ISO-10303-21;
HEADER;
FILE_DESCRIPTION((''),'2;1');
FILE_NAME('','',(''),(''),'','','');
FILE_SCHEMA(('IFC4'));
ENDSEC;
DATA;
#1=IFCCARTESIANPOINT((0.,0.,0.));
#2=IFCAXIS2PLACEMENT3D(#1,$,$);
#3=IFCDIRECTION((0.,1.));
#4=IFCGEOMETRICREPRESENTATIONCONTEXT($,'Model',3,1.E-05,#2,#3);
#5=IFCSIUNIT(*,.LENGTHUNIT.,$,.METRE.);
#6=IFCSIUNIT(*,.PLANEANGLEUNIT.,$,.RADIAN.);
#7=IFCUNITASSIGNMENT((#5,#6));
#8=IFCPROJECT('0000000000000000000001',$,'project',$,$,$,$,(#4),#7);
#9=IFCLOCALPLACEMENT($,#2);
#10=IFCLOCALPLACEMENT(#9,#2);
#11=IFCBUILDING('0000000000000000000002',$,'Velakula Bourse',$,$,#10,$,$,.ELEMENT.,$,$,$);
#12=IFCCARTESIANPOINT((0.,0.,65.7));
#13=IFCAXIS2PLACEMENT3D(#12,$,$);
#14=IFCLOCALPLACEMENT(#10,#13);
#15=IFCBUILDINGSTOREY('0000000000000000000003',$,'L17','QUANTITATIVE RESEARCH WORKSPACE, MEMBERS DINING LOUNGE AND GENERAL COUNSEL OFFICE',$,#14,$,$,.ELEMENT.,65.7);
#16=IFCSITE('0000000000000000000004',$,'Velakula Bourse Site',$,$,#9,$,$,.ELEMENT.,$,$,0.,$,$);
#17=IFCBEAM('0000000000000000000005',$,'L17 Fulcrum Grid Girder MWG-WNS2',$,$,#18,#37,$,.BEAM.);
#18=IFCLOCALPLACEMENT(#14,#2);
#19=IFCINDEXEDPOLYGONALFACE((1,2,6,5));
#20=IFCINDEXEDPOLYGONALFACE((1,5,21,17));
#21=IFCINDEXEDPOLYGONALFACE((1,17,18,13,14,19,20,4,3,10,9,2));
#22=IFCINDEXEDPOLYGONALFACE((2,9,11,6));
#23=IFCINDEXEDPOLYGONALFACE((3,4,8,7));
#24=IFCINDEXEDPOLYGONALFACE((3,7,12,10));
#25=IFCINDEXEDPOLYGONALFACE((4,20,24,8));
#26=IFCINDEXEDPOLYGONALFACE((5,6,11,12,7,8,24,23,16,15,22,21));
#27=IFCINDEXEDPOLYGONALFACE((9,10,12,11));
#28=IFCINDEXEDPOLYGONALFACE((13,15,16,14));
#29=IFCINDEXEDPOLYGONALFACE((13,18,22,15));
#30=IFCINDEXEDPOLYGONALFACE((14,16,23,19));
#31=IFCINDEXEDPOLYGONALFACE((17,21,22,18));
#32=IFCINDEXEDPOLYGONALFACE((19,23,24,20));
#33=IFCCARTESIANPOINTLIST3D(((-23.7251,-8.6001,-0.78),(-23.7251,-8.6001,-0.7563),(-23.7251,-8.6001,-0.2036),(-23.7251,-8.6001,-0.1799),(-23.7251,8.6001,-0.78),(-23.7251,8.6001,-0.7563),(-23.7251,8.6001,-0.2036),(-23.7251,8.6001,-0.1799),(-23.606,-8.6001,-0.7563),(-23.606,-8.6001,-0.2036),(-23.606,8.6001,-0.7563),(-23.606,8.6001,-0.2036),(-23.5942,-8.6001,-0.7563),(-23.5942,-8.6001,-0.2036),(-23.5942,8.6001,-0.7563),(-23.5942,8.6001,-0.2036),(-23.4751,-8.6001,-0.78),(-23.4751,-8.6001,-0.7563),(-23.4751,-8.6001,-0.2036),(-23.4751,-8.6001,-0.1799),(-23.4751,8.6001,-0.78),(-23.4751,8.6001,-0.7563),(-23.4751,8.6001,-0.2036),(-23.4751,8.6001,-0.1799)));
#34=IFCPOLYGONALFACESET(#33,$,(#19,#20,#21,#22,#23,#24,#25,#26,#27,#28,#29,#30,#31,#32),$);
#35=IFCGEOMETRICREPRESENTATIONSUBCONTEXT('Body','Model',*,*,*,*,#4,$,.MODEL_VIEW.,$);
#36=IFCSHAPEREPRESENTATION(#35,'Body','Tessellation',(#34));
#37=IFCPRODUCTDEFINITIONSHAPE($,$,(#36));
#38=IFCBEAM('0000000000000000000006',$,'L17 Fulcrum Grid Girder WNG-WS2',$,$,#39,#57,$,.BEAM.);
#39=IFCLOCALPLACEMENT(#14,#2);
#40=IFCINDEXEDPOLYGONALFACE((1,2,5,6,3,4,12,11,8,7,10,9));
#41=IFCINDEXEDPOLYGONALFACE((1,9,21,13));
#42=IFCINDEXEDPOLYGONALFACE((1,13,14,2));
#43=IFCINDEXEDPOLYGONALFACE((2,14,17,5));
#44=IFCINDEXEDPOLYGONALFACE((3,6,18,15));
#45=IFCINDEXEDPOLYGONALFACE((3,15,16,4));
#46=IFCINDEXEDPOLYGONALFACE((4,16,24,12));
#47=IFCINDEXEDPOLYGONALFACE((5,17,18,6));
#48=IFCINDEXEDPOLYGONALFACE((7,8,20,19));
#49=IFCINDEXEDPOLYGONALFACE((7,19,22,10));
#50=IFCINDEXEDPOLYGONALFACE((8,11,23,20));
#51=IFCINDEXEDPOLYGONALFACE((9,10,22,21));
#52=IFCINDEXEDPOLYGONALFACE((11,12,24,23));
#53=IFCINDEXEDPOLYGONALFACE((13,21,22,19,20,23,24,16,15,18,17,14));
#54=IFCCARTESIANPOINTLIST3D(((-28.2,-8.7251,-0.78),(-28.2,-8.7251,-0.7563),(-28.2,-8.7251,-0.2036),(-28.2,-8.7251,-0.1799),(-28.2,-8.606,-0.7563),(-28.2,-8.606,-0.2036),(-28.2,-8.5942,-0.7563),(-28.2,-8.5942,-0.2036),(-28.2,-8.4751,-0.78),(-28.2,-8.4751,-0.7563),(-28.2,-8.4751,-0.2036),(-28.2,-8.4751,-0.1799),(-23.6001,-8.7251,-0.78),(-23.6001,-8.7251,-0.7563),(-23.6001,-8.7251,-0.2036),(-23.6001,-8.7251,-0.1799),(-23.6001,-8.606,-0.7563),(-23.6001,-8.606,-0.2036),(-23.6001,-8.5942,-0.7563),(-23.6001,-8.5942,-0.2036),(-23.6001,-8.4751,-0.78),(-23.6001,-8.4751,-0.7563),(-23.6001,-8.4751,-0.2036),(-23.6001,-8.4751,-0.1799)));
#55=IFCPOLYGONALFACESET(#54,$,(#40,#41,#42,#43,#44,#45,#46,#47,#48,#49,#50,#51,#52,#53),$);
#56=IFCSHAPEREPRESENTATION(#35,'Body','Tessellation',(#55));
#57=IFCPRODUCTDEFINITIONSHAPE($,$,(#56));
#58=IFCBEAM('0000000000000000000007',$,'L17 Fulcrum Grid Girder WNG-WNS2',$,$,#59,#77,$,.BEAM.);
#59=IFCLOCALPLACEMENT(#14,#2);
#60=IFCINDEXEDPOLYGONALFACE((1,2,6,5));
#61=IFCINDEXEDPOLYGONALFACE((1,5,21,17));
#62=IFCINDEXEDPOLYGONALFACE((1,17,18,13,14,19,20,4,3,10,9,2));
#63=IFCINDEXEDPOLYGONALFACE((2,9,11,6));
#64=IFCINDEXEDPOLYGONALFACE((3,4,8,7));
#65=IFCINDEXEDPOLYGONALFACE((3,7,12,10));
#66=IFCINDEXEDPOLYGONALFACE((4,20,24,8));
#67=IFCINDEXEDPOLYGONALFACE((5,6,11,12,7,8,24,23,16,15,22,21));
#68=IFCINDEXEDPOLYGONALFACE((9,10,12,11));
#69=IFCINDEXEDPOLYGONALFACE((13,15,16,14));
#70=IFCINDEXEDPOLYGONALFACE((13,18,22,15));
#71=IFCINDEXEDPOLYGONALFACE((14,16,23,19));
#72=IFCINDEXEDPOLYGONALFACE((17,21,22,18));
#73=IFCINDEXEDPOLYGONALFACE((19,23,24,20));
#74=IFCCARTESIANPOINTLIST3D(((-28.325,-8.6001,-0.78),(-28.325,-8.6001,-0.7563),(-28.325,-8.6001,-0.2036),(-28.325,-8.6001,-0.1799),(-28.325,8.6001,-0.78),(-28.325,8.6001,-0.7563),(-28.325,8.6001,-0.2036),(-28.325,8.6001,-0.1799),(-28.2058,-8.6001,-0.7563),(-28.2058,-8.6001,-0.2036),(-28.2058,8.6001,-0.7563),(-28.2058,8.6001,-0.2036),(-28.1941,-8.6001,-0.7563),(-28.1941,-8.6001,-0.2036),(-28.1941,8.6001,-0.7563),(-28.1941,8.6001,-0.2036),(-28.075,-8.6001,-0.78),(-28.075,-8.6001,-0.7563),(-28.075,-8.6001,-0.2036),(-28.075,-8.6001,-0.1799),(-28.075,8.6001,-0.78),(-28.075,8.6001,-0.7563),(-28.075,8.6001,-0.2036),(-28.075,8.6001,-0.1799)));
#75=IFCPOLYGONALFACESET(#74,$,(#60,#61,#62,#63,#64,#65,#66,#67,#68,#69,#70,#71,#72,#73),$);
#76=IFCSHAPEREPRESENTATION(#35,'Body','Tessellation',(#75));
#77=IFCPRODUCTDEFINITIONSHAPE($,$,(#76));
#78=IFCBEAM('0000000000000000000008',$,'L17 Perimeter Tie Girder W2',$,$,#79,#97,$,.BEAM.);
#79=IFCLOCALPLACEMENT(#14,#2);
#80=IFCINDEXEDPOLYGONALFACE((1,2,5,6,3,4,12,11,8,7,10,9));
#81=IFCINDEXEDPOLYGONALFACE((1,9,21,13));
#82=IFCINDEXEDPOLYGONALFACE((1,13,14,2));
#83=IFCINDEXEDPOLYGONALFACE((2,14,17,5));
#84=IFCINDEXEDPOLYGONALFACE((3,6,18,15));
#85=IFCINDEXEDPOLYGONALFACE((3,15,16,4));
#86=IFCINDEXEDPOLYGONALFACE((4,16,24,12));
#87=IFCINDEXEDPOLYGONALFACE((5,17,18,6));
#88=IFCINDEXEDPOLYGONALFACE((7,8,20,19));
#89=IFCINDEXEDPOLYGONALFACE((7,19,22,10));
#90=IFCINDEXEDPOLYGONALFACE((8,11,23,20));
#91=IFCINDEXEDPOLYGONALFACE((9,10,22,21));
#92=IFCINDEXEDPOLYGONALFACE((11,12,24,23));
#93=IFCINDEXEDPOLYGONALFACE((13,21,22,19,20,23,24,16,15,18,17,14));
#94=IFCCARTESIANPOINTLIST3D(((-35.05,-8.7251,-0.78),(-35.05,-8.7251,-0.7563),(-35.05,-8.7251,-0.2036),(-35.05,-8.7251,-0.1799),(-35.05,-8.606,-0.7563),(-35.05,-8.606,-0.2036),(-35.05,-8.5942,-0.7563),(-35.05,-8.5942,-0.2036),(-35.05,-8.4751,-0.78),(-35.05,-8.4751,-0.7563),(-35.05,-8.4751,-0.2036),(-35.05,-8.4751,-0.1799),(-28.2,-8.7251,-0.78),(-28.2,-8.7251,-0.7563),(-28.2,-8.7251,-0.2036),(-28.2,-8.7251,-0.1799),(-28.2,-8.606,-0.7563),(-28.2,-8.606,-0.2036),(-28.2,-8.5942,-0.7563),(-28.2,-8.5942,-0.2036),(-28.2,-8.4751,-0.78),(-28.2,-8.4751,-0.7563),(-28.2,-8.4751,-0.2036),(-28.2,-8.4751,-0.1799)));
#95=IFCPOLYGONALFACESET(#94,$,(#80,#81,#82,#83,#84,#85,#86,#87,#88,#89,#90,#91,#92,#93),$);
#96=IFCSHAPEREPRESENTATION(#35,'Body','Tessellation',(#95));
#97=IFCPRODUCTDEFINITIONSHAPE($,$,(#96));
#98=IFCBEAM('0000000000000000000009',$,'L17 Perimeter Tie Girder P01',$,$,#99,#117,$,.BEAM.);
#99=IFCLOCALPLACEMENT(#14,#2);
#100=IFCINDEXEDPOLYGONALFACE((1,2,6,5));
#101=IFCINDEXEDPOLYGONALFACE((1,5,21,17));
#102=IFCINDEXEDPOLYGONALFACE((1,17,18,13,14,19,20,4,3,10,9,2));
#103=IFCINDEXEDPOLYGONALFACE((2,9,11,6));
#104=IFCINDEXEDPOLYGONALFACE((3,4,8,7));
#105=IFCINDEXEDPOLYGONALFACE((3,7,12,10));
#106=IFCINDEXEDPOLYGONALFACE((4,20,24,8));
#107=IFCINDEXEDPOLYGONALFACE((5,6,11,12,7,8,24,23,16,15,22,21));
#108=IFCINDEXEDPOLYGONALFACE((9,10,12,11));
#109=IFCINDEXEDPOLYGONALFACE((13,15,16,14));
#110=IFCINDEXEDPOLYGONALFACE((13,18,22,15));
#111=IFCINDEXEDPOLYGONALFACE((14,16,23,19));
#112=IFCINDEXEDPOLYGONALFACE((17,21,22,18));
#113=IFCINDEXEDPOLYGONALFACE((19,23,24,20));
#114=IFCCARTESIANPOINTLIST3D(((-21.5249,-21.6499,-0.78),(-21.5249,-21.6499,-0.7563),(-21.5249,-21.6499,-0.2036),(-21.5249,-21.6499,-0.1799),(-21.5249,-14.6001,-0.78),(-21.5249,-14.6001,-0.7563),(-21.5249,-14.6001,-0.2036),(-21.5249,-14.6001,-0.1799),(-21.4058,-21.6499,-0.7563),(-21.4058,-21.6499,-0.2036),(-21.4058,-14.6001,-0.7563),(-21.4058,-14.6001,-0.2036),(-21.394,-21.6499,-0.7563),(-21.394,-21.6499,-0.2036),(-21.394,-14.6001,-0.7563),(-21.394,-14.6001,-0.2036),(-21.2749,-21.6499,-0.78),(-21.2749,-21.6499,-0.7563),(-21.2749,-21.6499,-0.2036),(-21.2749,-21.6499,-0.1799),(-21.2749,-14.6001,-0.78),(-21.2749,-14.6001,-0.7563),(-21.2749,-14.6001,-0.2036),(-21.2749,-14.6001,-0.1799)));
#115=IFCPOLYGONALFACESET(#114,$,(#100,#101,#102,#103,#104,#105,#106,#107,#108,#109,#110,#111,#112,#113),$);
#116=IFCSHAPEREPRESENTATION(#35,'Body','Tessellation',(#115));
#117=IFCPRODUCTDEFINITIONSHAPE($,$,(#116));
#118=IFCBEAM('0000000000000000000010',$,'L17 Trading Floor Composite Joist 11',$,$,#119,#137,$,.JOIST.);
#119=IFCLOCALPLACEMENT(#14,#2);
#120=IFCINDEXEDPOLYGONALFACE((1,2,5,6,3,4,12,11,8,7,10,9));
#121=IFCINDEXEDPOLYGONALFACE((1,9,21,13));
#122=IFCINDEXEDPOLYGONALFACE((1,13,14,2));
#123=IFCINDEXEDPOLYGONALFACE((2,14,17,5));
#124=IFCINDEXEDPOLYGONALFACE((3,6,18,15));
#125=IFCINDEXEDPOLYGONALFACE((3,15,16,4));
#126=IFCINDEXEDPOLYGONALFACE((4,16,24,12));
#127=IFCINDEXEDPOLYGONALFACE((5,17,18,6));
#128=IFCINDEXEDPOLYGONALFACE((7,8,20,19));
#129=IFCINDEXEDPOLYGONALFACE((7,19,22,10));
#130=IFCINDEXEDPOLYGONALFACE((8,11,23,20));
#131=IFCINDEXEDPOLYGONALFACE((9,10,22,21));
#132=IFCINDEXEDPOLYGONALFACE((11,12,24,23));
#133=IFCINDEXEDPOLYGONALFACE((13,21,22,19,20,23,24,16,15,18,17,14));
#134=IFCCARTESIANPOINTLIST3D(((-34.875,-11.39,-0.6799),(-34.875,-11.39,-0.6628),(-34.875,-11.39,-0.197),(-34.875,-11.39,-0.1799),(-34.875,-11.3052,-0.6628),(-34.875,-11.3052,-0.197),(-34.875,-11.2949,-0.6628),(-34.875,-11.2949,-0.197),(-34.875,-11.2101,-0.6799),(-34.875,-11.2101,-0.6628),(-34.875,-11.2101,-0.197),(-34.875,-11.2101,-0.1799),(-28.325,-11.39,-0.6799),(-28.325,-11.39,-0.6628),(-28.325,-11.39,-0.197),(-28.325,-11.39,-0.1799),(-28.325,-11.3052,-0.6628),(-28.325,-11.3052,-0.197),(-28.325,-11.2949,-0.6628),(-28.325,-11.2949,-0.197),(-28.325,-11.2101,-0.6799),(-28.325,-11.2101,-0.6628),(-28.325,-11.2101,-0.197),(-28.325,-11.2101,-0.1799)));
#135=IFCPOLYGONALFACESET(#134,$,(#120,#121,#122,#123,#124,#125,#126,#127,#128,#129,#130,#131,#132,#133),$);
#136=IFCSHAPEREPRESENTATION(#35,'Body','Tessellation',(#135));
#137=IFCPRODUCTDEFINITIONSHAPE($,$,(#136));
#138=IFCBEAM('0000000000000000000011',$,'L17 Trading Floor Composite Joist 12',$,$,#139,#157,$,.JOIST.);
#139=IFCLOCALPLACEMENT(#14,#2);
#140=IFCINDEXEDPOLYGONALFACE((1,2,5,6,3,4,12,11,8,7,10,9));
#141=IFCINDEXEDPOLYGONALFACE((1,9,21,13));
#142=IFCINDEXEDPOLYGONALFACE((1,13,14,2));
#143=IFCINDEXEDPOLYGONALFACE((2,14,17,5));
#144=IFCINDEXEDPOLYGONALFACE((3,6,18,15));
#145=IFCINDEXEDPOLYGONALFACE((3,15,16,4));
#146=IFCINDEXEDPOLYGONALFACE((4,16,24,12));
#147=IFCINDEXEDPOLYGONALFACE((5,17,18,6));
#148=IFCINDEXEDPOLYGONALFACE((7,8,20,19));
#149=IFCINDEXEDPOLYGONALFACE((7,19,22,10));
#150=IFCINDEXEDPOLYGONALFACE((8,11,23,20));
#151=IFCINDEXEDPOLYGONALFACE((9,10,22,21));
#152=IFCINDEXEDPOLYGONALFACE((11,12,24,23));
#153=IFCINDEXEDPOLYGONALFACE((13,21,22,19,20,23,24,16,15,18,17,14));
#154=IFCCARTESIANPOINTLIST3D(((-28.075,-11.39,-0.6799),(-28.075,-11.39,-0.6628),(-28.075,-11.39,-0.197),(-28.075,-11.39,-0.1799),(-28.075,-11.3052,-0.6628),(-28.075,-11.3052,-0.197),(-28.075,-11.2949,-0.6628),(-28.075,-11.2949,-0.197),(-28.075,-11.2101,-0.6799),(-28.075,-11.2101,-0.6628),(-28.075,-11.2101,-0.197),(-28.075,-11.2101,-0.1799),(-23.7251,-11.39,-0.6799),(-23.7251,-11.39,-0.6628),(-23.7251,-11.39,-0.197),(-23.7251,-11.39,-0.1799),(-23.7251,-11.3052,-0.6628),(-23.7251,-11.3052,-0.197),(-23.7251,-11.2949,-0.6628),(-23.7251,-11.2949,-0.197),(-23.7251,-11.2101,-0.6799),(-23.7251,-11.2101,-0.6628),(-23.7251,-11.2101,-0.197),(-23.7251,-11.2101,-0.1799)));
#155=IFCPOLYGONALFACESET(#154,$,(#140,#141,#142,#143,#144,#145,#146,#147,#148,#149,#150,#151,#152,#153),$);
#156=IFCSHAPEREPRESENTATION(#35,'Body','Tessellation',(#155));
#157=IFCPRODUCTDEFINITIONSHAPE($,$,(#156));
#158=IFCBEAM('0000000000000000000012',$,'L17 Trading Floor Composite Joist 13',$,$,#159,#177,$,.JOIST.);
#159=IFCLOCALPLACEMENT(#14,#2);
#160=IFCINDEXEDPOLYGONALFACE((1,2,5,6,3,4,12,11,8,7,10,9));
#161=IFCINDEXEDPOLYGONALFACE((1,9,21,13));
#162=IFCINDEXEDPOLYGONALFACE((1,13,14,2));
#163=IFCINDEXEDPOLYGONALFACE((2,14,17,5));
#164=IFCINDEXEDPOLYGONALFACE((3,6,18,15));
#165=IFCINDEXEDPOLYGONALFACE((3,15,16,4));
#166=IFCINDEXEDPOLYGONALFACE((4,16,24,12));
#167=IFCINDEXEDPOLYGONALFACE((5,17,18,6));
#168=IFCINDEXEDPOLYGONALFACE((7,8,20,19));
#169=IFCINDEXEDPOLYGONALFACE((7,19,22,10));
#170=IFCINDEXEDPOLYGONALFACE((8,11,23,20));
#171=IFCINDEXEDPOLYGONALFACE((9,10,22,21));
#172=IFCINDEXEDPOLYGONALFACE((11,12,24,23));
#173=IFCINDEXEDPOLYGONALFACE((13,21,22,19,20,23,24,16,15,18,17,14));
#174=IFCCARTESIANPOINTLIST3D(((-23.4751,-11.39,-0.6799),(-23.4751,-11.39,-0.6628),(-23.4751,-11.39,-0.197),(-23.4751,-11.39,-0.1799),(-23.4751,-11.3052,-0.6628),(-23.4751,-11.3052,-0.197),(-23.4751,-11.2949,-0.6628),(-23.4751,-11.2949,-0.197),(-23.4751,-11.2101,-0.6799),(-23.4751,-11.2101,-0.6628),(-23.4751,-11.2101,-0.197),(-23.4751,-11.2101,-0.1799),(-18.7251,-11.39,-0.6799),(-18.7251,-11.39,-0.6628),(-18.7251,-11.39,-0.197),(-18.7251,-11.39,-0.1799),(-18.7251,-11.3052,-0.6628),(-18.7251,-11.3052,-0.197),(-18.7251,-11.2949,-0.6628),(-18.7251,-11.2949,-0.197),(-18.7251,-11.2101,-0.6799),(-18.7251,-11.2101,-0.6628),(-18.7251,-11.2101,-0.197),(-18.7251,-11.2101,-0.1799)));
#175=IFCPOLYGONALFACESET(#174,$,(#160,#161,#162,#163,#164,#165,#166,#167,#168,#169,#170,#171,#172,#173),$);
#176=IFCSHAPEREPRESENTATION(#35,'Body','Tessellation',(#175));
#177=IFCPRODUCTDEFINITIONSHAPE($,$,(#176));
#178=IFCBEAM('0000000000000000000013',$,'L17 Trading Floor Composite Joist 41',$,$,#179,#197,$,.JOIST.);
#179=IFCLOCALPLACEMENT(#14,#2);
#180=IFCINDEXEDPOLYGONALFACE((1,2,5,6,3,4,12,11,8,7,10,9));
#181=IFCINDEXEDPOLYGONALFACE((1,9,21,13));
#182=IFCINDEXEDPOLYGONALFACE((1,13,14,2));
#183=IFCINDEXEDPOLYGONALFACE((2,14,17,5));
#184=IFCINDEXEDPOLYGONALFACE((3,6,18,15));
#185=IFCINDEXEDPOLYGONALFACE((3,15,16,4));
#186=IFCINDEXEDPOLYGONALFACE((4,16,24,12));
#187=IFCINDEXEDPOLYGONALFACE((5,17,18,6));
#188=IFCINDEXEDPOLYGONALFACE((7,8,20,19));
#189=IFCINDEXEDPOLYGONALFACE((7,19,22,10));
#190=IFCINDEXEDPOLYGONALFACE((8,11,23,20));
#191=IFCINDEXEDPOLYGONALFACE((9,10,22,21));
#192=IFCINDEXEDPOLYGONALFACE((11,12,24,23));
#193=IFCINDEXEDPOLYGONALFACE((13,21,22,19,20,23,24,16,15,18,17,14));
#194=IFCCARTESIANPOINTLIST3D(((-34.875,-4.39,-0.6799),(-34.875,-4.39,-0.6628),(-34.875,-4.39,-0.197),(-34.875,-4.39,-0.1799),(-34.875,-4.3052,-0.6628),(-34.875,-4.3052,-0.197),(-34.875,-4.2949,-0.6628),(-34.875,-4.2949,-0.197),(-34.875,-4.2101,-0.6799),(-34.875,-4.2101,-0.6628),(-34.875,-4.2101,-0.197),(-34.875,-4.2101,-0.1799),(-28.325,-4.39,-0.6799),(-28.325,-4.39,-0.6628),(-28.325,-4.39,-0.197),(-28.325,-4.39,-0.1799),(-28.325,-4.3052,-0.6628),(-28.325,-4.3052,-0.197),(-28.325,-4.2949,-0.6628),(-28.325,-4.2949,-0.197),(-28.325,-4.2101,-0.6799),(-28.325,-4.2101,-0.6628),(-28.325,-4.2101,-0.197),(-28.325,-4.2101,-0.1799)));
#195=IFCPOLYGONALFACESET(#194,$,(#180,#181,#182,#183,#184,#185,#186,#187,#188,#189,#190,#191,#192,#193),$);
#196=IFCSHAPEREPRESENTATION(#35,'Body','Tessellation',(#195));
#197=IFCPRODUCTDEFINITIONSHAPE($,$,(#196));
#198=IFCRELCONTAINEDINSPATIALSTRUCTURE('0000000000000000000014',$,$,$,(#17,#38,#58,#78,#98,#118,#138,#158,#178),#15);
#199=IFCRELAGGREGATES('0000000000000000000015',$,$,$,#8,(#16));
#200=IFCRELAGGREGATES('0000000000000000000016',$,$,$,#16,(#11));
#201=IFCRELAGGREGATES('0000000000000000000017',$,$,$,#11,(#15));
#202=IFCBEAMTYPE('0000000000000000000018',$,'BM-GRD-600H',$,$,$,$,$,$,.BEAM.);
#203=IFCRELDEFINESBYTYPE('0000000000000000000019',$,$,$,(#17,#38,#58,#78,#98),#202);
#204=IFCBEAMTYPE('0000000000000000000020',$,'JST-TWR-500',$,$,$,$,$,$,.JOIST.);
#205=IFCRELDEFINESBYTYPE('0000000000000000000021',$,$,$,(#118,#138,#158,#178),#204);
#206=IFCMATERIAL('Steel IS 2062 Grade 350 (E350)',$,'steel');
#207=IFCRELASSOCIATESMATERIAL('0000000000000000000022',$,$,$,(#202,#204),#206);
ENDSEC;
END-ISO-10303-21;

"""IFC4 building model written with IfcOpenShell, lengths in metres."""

from ifc_helpers import new_model, si_unit, direction, frame, origin, origin_2d, place, context, subcontext, project, spatial, i_section, extrude, material, material_profile, profile_set, type_object, element, save


model = new_model("IFC4")

# Units and contexts
model_context = context("Model", 3, precision=1e-05, world=origin(), true_north=direction((0.0, 1.0)))
body_context = subcontext(model_context, "Body", "Model", "MODEL_VIEW")
ifc_project = project(units=[si_unit("LENGTHUNIT", "METRE"), si_unit("PLANEANGLEUNIT", "RADIAN")], contexts=[model_context])

# Site, building, storey
site_placement = place(None, origin())
site = spatial("IfcSite", under=ifc_project, at=site_placement, Name="Velakula Bourse Site", CompositionType="ELEMENT", RefElevation=0.0)
building_placement = place(site_placement, origin())
building = spatial("IfcBuilding", under=site, at=building_placement, Name="Velakula Bourse", CompositionType="ELEMENT")
storey_placement = place(building_placement, frame((0.0, 0.0, 65.7)))
storey = spatial("IfcBuildingStorey", under=building, at=storey_placement, Name="L17", Description="QUANTITATIVE RESEARCH WORKSPACE, MEMBERS DINING LOUNGE AND GENERAL COUNSEL OFFICE", CompositionType="ELEMENT", Elevation=65.7)

# Beams
ifc_material_1 = material(Name="Steel IS 2062 Grade 350 (E350)", Category="steel")
ifc_material_profile_1 = material_profile(ifc_material_1, i_section(OverallWidth=0.25, OverallDepth=0.6001, WebThickness=0.0117, FlangeThickness=0.0237, at=origin_2d()), Name="Steel IS 2062 Grade 350 (E350)")
ifc_profile_set_1 = profile_set([ifc_material_profile_1], Name="Steel IS 2062 Grade 350 (E350)")
beam_type_1 = type_object("IfcBeamType", Name="BM-GRD-600H", PredefinedType="BEAM", material=ifc_profile_set_1)
beam_1_placement = place(storey_placement, frame((-23.6001, -8.6001, -0.48), z_axis=(0.0, 1.0, 0.0), x_axis=(-1.0, 0.0, 0.0)))
element("IfcBeam", 1, at=beam_1_placement, inside=storey, type_object=beam_type_1, Name="L17 Fulcrum Grid Girder MWG-WNS2", PredefinedType="BEAM", context=body_context, shape_type="SweptSolid", body=[
    extrude(i_section(OverallWidth=0.25, OverallDepth=0.6001, WebThickness=0.0117, FlangeThickness=0.0237, at=origin_2d()), origin(), (0.0, 0.0, 1.0), 17.2002),
])
beam_2_placement = place(storey_placement, frame((-28.2, -8.6001, -0.48), z_axis=(1.0, 0.0, 0.0), x_axis=(0.0, 1.0, 0.0)))
element("IfcBeam", 2, at=beam_2_placement, inside=storey, type_object=beam_type_1, Name="L17 Fulcrum Grid Girder WNG-WS2", PredefinedType="BEAM", context=body_context, shape_type="SweptSolid", body=[
    extrude(i_section(OverallWidth=0.25, OverallDepth=0.6001, WebThickness=0.0117, FlangeThickness=0.0237, at=origin_2d()), origin(), (0.0, 0.0, 1.0), 4.5999),
])
beam_3_placement = place(storey_placement, frame((-28.2, -8.6001, -0.48), z_axis=(0.0, 1.0, 0.0), x_axis=(-1.0, 0.0, 0.0)))
element("IfcBeam", 3, at=beam_3_placement, inside=storey, type_object=beam_type_1, Name="L17 Fulcrum Grid Girder WNG-WNS2", PredefinedType="BEAM", context=body_context, shape_type="SweptSolid", body=[
    extrude(i_section(OverallWidth=0.25, OverallDepth=0.6001, WebThickness=0.0117, FlangeThickness=0.0237, at=origin_2d()), origin(), (0.0, 0.0, 1.0), 17.2002),
])
beam_4_placement = place(storey_placement, frame((-28.2, -8.6001, -0.48), z_axis=(-1.0, 0.0, 0.0), x_axis=(0.0, -1.0, 0.0)))
element("IfcBeam", 4, at=beam_4_placement, inside=storey, type_object=beam_type_1, Name="L17 Perimeter Tie Girder W2", PredefinedType="BEAM", context=body_context, shape_type="SweptSolid", body=[
    extrude(i_section(OverallWidth=0.25, OverallDepth=0.6001, WebThickness=0.0117, FlangeThickness=0.0237, at=origin_2d()), origin(), (0.0, 0.0, 1.0), 6.8501),
])
beam_5_placement = place(storey_placement, frame((-21.3999, -14.6001, -0.48), z_axis=(0.0, -1.0, 0.0), x_axis=(1.0, 0.0, 0.0)))
element("IfcBeam", 5, at=beam_5_placement, inside=storey, type_object=beam_type_1, Name="L17 Perimeter Tie Girder P01", PredefinedType="BEAM", context=body_context, shape_type="SweptSolid", body=[
    extrude(i_section(OverallWidth=0.25, OverallDepth=0.6001, WebThickness=0.0117, FlangeThickness=0.0237, at=origin_2d()), origin(), (0.0, 0.0, 1.0), 7.0498),
])
ifc_material_profile_2 = material_profile(ifc_material_1, i_section(OverallWidth=0.1799, OverallDepth=0.5, WebThickness=0.0103, FlangeThickness=0.0171, at=origin_2d()), Name="Steel IS 2062 Grade 350 (E350)")
ifc_profile_set_2 = profile_set([ifc_material_profile_2], Name="Steel IS 2062 Grade 350 (E350)")
beam_type_2 = type_object("IfcBeamType", Name="JST-TWR-500", PredefinedType="JOIST", material=ifc_profile_set_2)
beam_6_placement = place(storey_placement, frame((-34.875, -11.3, -0.4299), z_axis=(1.0, 0.0, 0.0), x_axis=(0.0, 1.0, 0.0)))
element("IfcBeam", 6, at=beam_6_placement, inside=storey, type_object=beam_type_2, Name="L17 Trading Floor Composite Joist 11", PredefinedType="JOIST", context=body_context, shape_type="SweptSolid", body=[
    extrude(i_section(OverallWidth=0.1799, OverallDepth=0.5, WebThickness=0.0103, FlangeThickness=0.0171, at=origin_2d()), origin(), (0.0, 0.0, 1.0), 6.55),
])
beam_7_placement = place(storey_placement, frame((-28.075, -11.3, -0.4299), z_axis=(1.0, 0.0, 0.0), x_axis=(0.0, 1.0, 0.0)))
element("IfcBeam", 7, at=beam_7_placement, inside=storey, type_object=beam_type_2, Name="L17 Trading Floor Composite Joist 12", PredefinedType="JOIST", context=body_context, shape_type="SweptSolid", body=[
    extrude(i_section(OverallWidth=0.1799, OverallDepth=0.5, WebThickness=0.0103, FlangeThickness=0.0171, at=origin_2d()), origin(), (0.0, 0.0, 1.0), 4.3499),
])
beam_8_placement = place(storey_placement, frame((-23.4751, -11.3, -0.4299), z_axis=(1.0, 0.0, 0.0), x_axis=(0.0, 1.0, 0.0)))
element("IfcBeam", 8, at=beam_8_placement, inside=storey, type_object=beam_type_2, Name="L17 Trading Floor Composite Joist 13", PredefinedType="JOIST", context=body_context, shape_type="SweptSolid", body=[
    extrude(i_section(OverallWidth=0.1799, OverallDepth=0.5, WebThickness=0.0103, FlangeThickness=0.0171, at=origin_2d()), origin(), (0.0, 0.0, 1.0), 4.75),
])
beam_9_placement = place(storey_placement, frame((-34.875, -4.3, -0.4299), z_axis=(1.0, 0.0, 0.0), x_axis=(0.0, 1.0, 0.0)))
element("IfcBeam", 9, at=beam_9_placement, inside=storey, type_object=beam_type_2, Name="L17 Trading Floor Composite Joist 41", PredefinedType="JOIST", context=body_context, shape_type="SweptSolid", body=[
    extrude(i_section(OverallWidth=0.1799, OverallDepth=0.5, WebThickness=0.0103, FlangeThickness=0.0171, at=origin_2d()), origin(), (0.0, 0.0, 1.0), 6.55),
])

save(model, "model.ifc")
